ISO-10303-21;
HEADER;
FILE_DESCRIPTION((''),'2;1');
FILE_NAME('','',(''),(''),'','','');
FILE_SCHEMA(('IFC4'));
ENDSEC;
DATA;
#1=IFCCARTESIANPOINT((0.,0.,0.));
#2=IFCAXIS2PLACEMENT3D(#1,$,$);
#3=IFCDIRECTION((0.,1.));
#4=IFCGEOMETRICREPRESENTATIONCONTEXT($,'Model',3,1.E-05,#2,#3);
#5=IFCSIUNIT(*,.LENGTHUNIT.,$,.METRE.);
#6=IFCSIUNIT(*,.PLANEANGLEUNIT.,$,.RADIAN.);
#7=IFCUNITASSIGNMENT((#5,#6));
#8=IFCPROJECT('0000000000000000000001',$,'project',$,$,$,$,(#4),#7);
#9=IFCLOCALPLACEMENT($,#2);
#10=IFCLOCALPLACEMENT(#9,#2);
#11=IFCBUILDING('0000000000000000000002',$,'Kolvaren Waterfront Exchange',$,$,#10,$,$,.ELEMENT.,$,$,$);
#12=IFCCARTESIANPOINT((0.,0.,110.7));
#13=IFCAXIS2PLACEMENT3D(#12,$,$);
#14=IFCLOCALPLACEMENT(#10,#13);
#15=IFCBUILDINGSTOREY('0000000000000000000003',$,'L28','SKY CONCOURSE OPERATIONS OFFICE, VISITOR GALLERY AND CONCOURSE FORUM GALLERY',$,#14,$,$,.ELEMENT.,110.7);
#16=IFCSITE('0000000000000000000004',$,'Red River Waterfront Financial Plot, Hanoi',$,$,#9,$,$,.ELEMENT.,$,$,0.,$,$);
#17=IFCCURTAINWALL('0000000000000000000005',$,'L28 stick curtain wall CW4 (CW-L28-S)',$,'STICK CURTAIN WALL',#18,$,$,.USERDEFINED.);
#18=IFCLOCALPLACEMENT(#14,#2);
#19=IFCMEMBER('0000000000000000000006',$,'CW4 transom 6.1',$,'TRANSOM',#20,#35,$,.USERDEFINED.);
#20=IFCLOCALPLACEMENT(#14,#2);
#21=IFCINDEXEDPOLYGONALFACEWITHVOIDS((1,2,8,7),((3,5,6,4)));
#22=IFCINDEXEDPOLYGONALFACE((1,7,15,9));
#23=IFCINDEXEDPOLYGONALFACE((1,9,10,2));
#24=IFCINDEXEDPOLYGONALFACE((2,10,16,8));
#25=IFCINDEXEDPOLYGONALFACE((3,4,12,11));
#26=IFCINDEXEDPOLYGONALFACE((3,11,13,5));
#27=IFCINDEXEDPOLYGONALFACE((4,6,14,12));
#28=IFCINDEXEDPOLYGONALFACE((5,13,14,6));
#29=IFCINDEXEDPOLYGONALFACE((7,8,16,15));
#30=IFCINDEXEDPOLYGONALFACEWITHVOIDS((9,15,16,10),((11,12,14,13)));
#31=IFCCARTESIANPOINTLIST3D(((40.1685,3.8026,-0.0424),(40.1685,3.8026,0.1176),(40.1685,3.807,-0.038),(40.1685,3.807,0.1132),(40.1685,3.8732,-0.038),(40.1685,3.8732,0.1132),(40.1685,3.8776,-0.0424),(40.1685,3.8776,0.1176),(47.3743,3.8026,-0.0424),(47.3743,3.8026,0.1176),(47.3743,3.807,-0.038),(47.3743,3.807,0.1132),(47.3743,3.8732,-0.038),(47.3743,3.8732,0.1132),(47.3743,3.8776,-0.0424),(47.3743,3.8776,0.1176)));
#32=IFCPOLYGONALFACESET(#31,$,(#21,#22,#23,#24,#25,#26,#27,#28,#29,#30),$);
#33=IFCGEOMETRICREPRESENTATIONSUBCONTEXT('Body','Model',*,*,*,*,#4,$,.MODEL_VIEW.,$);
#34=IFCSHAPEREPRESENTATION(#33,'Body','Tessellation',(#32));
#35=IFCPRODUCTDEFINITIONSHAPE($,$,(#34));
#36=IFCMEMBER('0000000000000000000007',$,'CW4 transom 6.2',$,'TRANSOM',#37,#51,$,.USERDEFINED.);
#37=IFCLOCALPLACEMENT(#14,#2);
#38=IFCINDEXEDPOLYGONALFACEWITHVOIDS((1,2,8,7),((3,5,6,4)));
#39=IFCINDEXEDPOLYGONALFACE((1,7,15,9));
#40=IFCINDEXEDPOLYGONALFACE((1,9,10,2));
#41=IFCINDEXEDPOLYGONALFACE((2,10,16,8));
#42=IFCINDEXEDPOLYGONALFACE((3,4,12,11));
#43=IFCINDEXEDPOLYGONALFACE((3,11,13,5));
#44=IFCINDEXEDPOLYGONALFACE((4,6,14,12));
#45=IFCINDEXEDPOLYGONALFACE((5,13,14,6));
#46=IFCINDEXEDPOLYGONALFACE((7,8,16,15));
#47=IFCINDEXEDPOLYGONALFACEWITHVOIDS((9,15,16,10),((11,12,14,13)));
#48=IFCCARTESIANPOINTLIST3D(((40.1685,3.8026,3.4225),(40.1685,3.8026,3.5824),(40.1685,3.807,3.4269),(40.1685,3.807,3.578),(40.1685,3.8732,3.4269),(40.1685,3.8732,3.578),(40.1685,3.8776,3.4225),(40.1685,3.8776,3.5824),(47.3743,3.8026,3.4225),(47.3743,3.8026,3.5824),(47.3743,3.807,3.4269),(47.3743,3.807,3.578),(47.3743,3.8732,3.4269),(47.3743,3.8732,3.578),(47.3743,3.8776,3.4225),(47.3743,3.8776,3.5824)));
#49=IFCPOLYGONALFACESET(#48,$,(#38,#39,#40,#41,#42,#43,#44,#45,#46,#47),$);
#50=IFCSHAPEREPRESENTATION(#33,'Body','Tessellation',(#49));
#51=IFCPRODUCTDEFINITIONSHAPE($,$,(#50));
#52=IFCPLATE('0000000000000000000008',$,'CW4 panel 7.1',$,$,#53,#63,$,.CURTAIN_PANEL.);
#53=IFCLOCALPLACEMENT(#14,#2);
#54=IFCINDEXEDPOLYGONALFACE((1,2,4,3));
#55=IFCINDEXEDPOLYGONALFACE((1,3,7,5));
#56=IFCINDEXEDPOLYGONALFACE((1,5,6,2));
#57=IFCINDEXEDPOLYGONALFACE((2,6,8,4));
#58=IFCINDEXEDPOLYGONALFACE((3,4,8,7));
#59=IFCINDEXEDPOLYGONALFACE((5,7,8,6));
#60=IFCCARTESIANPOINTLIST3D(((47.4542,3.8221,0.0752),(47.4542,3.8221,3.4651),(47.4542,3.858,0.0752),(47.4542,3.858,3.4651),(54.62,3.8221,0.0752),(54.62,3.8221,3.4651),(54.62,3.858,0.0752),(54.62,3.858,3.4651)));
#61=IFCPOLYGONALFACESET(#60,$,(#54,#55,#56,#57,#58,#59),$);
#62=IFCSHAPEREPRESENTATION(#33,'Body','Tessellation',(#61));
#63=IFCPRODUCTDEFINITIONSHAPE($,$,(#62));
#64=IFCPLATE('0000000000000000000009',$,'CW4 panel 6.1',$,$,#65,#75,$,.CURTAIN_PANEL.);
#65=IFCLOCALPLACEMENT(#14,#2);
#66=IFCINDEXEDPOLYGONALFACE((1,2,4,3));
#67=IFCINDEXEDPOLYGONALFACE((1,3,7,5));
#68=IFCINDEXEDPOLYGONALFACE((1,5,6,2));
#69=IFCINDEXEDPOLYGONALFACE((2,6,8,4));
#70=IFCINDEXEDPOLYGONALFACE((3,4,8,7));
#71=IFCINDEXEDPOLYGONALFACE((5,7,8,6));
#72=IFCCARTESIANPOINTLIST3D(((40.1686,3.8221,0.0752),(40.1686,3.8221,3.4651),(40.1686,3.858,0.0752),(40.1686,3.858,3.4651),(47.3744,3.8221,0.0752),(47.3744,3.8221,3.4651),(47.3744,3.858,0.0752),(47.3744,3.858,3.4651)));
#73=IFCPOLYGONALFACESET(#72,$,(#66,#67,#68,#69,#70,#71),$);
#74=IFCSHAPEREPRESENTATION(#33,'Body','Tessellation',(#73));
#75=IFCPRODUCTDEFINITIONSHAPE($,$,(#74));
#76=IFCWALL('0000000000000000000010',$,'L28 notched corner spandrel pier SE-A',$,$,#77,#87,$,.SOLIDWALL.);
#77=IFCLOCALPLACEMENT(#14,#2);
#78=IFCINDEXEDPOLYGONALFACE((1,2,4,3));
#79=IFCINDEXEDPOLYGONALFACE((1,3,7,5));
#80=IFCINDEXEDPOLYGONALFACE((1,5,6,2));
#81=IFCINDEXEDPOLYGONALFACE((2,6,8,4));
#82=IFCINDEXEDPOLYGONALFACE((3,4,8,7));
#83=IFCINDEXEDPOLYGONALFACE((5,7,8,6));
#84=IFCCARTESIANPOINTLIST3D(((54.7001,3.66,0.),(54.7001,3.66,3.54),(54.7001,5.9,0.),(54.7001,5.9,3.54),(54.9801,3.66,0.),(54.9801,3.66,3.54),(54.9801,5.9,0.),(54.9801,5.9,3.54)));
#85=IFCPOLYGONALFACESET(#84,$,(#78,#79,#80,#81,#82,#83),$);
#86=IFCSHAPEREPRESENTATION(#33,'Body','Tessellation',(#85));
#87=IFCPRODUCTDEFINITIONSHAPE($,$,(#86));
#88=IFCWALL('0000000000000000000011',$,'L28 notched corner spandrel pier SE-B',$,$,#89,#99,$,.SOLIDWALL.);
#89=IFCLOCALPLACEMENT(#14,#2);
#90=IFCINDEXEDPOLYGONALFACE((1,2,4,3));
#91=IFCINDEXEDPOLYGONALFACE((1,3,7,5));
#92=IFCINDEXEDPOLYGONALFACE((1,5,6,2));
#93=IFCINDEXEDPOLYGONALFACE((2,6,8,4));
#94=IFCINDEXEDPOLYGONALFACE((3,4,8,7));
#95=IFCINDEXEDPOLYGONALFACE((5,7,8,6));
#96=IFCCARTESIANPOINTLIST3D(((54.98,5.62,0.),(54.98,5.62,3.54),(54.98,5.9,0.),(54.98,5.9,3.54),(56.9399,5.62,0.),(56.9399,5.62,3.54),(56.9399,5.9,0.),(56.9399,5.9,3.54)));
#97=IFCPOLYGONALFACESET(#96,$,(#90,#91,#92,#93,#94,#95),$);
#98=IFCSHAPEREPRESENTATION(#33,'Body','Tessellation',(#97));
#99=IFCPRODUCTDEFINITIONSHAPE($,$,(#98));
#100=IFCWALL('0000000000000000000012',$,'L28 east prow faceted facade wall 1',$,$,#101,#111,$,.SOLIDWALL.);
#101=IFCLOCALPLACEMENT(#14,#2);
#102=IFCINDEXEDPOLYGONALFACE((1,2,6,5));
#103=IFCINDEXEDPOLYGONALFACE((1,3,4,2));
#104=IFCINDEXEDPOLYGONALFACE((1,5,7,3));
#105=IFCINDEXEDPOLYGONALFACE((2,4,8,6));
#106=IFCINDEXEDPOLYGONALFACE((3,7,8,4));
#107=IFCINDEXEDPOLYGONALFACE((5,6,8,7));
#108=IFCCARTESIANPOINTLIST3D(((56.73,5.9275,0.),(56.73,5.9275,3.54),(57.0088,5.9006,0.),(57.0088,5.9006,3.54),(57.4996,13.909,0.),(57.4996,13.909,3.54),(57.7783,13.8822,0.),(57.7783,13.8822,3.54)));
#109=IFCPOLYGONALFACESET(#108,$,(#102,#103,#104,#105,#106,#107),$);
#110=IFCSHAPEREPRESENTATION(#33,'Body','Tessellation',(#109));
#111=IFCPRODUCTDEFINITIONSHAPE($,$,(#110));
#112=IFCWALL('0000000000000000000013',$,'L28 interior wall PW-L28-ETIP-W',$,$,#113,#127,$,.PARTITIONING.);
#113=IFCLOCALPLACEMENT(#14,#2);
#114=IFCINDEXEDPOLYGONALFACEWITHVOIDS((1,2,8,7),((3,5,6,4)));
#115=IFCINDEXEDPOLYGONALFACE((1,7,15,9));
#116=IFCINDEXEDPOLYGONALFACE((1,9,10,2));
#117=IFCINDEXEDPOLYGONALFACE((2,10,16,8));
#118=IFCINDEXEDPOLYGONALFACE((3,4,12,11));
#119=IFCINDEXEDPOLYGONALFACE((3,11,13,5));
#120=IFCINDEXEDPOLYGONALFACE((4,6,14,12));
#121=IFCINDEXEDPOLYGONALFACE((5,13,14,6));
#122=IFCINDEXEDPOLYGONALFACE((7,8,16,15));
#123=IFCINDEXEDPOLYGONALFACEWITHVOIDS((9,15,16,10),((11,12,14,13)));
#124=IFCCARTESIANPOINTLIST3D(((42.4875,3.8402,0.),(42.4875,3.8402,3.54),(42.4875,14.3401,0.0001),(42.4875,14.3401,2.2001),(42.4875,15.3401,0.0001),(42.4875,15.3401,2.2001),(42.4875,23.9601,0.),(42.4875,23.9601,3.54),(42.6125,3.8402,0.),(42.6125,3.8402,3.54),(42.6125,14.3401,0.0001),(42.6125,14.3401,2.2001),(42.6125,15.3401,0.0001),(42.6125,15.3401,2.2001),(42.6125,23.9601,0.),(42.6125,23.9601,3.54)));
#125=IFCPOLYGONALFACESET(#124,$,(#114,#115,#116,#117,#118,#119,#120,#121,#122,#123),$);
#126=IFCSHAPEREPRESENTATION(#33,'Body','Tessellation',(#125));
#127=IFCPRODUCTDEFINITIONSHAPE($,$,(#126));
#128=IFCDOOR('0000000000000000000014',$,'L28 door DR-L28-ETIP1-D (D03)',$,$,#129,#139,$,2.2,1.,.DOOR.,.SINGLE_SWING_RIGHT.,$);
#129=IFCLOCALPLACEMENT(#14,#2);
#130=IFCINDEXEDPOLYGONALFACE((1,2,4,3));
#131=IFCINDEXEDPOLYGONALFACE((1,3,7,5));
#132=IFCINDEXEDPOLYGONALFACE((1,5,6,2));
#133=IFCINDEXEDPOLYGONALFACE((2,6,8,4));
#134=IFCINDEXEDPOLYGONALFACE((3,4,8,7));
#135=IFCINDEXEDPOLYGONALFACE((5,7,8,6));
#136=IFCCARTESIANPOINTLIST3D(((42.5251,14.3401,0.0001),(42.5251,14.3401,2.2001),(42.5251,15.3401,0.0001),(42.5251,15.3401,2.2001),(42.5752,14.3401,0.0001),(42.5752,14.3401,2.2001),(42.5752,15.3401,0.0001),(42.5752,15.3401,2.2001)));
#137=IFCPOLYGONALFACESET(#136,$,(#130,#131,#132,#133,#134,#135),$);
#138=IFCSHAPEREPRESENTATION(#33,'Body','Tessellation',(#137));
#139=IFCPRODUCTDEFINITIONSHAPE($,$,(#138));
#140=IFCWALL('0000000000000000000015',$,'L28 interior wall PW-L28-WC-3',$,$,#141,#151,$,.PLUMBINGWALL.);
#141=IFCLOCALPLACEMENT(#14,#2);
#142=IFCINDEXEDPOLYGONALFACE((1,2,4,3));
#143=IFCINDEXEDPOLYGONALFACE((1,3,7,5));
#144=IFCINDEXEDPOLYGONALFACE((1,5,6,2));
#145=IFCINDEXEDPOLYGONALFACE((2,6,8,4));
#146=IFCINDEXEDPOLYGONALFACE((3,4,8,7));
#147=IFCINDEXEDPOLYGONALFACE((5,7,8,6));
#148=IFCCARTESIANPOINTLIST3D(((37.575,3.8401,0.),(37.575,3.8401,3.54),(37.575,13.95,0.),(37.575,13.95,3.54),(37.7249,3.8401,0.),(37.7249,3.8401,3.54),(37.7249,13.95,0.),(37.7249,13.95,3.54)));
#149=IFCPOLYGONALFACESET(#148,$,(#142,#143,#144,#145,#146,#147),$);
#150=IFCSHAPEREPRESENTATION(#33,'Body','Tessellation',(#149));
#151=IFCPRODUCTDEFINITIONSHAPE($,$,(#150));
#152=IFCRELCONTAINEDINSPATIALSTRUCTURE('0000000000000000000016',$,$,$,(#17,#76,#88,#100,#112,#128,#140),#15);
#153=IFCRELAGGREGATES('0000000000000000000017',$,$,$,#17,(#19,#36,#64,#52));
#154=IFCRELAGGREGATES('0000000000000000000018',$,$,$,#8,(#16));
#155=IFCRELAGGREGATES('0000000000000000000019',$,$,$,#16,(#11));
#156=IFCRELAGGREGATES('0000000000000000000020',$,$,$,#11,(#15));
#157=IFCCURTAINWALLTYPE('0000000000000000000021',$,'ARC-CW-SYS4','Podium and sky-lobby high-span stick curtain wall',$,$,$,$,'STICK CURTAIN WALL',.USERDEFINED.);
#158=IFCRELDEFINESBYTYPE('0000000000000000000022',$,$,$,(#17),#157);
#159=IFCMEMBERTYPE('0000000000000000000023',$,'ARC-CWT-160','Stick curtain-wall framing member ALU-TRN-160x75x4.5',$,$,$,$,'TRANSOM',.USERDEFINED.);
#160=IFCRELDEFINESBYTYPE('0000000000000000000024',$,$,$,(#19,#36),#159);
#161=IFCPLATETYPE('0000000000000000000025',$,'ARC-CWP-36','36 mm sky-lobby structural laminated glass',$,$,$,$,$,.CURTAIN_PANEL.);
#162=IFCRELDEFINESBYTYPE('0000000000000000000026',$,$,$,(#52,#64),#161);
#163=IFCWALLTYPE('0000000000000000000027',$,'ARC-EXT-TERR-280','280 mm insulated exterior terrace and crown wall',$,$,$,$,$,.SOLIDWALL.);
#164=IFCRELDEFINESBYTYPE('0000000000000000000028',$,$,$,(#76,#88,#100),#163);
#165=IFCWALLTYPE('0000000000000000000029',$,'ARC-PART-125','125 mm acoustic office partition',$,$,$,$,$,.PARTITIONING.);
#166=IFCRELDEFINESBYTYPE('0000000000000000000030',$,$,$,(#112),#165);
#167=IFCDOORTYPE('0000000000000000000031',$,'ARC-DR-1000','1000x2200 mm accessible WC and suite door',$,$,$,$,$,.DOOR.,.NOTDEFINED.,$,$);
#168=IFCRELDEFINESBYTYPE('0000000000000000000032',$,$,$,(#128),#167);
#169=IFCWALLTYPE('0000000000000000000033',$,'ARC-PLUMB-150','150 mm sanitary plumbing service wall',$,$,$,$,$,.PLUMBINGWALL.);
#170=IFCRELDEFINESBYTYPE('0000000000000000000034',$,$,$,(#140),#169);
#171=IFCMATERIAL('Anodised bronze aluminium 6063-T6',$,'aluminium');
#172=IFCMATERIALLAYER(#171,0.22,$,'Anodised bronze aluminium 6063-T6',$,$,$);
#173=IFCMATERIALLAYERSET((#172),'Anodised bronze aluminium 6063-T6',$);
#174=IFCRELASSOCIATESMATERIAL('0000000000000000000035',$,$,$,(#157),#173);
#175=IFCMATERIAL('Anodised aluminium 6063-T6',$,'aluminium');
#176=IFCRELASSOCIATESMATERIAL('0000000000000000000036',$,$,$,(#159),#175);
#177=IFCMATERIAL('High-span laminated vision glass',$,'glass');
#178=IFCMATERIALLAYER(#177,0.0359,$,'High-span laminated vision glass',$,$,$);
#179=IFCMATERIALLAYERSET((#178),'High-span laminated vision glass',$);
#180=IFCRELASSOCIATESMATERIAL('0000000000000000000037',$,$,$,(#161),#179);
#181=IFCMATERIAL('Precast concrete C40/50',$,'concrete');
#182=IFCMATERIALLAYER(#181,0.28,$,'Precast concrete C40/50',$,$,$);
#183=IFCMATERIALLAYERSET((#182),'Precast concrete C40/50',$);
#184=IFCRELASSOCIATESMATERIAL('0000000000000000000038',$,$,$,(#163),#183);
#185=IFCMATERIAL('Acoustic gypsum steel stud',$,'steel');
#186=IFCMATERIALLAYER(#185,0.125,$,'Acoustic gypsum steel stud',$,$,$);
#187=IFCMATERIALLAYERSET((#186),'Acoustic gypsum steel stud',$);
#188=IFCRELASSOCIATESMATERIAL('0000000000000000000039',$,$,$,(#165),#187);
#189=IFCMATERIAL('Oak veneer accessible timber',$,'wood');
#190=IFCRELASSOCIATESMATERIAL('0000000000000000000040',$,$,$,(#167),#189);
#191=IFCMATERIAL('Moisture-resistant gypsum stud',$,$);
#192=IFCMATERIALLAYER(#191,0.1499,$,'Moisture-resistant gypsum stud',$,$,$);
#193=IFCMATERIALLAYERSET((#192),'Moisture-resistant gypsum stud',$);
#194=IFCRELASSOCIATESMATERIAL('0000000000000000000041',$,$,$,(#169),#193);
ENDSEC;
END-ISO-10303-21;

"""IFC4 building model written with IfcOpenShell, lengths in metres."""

from ifc_helpers import new_model, si_unit, direction, frame, frame_2d, origin, origin_with_axes, origin_2d, place, context, subcontext, project, spatial, rectangle, hollow_rectangle, extrude, source, transform, mapped, material, layer, layer_set, material_profile, profile_set, type_object, element, fill, aggregate, save


model = new_model("IFC4")

# Units and contexts
model_context = context("Model", 3, precision=1e-05, world=origin(), true_north=direction((0.0, 1.0)))
body_context = subcontext(model_context, "Body", "Model", "MODEL_VIEW")
ifc_project = project(units=[si_unit("LENGTHUNIT", "METRE"), si_unit("PLANEANGLEUNIT", "RADIAN")], contexts=[model_context])

# Site, building, storey
site_placement = place(None, origin())
site = spatial("IfcSite", under=ifc_project, at=site_placement, Name="Red River Waterfront Financial Plot, Hanoi", CompositionType="ELEMENT", RefElevation=0.0)
building_placement = place(site_placement, origin())
building = spatial("IfcBuilding", under=site, at=building_placement, Name="Kolvaren Waterfront Exchange", CompositionType="ELEMENT")
storey_placement = place(building_placement, frame((0.0, 0.0, 110.7)))
storey = spatial("IfcBuildingStorey", under=building, at=storey_placement, Name="L28", Description="SKY CONCOURSE OPERATIONS OFFICE, VISITOR GALLERY AND CONCOURSE FORUM GALLERY", CompositionType="ELEMENT", Elevation=110.7)

# Curtain wall, members, plates
ifc_material_1 = material(Name="Anodised bronze aluminium 6063-T6", Category="aluminium")
ifc_layer_1 = layer(ifc_material_1, 0.22, Name="Anodised bronze aluminium 6063-T6")
ifc_layer_set_1 = layer_set([ifc_layer_1], Name="Anodised bronze aluminium 6063-T6")
curtain_wall_type = type_object("IfcCurtainWallType", Name="ARC-CW-SYS4", Description="Podium and sky-lobby high-span stick curtain wall", ElementType="STICK CURTAIN WALL", PredefinedType="USERDEFINED", material=ifc_layer_set_1)
curtain_wall_placement = place(storey_placement, origin())
curtain_wall = element("IfcCurtainWall", 1, at=curtain_wall_placement, inside=storey, type_object=curtain_wall_type, Name="L28 stick curtain wall CW4 (CW-L28-S)", ObjectType="STICK CURTAIN WALL", PredefinedType="USERDEFINED")
ifc_material_2 = material(Name="Anodised aluminium 6063-T6", Category="aluminium")
ifc_material_profile_1 = material_profile(ifc_material_2, hollow_rectangle(XDim=0.075, YDim=0.1599, WallThickness=0.0044, at=origin_2d()), Name="ALU-TRN-160x75x4.5")
ifc_profile_set_1 = profile_set([ifc_material_profile_1], Name="Anodised aluminium 6063-T6")
member_type_1 = type_object("IfcMemberType", Name="ARC-CWT-160", Description="Stick curtain-wall framing member ALU-TRN-160x75x4.5", ElementType="TRANSOM", PredefinedType="USERDEFINED", material=ifc_profile_set_1)
shared_shape_1 = source(origin_with_axes(), body_context, "Body", "SweptSolid", [
    extrude(hollow_rectangle(XDim=0.075, YDim=0.1599, WallThickness=0.0044, at=origin_2d()), origin(), (0.0, 0.0, 1.0), 7.2058),
])
member_1_placement = place(storey_placement, frame((40.1685, 3.8401, 0.0376), z_axis=(1.0, 0.0, 0.0), x_axis=(0.0, 1.0, 0.0)))
member_1 = element("IfcMember", 2, at=member_1_placement, type_object=member_type_1, Name="CW4 transom 6.1", ObjectType="TRANSOM", PredefinedType="USERDEFINED", context=body_context, shape_type="MappedRepresentation", body=[
    mapped(shared_shape_1, transform((0.0, 0.0, 0.0), x_axis=(1.0, 0.0, 0.0), y_axis=(0.0, 1.0, 0.0), z_axis=(0.0, 0.0, 1.0), scale=1.0)),
])
member_2_placement = place(storey_placement, frame((40.1685, 3.8401, 3.5024), z_axis=(1.0, 0.0, 0.0), x_axis=(0.0, 1.0, 0.0)))
member_2 = element("IfcMember", 3, at=member_2_placement, type_object=member_type_1, Name="CW4 transom 6.2", ObjectType="TRANSOM", PredefinedType="USERDEFINED", context=body_context, shape_type="MappedRepresentation", body=[
    mapped(shared_shape_1, transform((0.0, 0.0, 0.0), x_axis=(1.0, 0.0, 0.0), y_axis=(0.0, 1.0, 0.0), z_axis=(0.0, 0.0, 1.0), scale=1.0)),
])
ifc_material_3 = material(Name="High-span laminated vision glass", Category="glass")
ifc_layer_2 = layer(ifc_material_3, 0.0359, Name="High-span laminated vision glass")
ifc_layer_set_2 = layer_set([ifc_layer_2], Name="High-span laminated vision glass")
plate_type = type_object("IfcPlateType", Name="ARC-CWP-36", Description="36 mm sky-lobby structural laminated glass", PredefinedType="CURTAIN_PANEL", material=ifc_layer_set_2)
shared_shape_2 = source(origin_with_axes(), body_context, "Body", "SweptSolid", [
    extrude(rectangle(XDim=7.1658, YDim=0.0359, at=origin_2d()), origin(), (0.0, 0.0, 1.0), 3.3899),
])
plate_1_placement = place(storey_placement, frame((51.0371, 3.8401, 0.0752), z_axis=(0.0, 0.0, 1.0), x_axis=(1.0, 0.0, 0.0)))
plate_1 = element("IfcPlate", 4, at=plate_1_placement, type_object=plate_type, Name="CW4 panel 7.1", PredefinedType="CURTAIN_PANEL", context=body_context, shape_type="MappedRepresentation", body=[
    mapped(shared_shape_2, transform((0.0, 0.0, 0.0), x_axis=(1.0, 0.0, 0.0), y_axis=(0.0, 1.0, 0.0), z_axis=(0.0, 0.0, 1.0), scale=1.0)),
])
shared_shape_3 = source(origin_with_axes(), body_context, "Body", "SweptSolid", [
    extrude(rectangle(XDim=7.2058, YDim=0.0359, at=origin_2d()), origin(), (0.0, 0.0, 1.0), 3.3899),
])
plate_2_placement = place(storey_placement, frame((43.7715, 3.8401, 0.0752), z_axis=(0.0, 0.0, 1.0), x_axis=(1.0, 0.0, 0.0)))
plate_2 = element("IfcPlate", 5, at=plate_2_placement, type_object=plate_type, Name="CW4 panel 6.1", PredefinedType="CURTAIN_PANEL", context=body_context, shape_type="MappedRepresentation", body=[
    mapped(shared_shape_3, transform((0.0, 0.0, 0.0), x_axis=(1.0, 0.0, 0.0), y_axis=(0.0, 1.0, 0.0), z_axis=(0.0, 0.0, 1.0), scale=1.0)),
])
aggregate(curtain_wall, [member_1, member_2, plate_2, plate_1])

# Walls
ifc_material_4 = material(Name="Precast concrete C40/50", Category="concrete")
ifc_layer_3 = layer(ifc_material_4, 0.28, Name="Precast concrete C40/50")
ifc_layer_set_3 = layer_set([ifc_layer_3], Name="Precast concrete C40/50")
wall_type_1 = type_object("IfcWallType", Name="ARC-EXT-TERR-280", Description="280 mm insulated exterior terrace and crown wall", PredefinedType="SOLIDWALL", material=ifc_layer_set_3)
wall_1_placement = place(storey_placement, frame((54.8401, 3.6599, 0.0), z_axis=(0.0, 0.0, 1.0), x_axis=(0.0, 1.0, 0.0)))
element("IfcWall", 6, at=wall_1_placement, inside=storey, type_object=wall_type_1, Name="L28 notched corner spandrel pier SE-A", PredefinedType="SOLIDWALL", context=body_context, shape_type="SweptSolid", body=[
    extrude(rectangle(XDim=2.24, YDim=0.28, at=frame_2d((1.1201, 0.0))), origin(), (0.0, 0.0, 1.0), 3.54),
])
wall_2_placement = place(storey_placement, frame((54.98, 5.76, 0.0), z_axis=(0.0, 0.0, 1.0), x_axis=(1.0, 0.0, 0.0)))
element("IfcWall", 7, at=wall_2_placement, inside=storey, type_object=wall_type_1, Name="L28 notched corner spandrel pier SE-B", PredefinedType="SOLIDWALL", context=body_context, shape_type="SweptSolid", body=[
    extrude(rectangle(XDim=1.96, YDim=0.28, at=frame_2d((0.98, 0.0))), origin(), (0.0, 0.0, 1.0), 3.54),
])
wall_3_placement = place(storey_placement, frame((56.8694, 5.9141, 0.0), z_axis=(0.0, 0.0, 1.0), x_axis=(0.09597, 0.995384, 0.0)))
element("IfcWall", 8, at=wall_3_placement, inside=storey, type_object=wall_type_1, Name="L28 east prow faceted facade wall 1", PredefinedType="SOLIDWALL", context=body_context, shape_type="SweptSolid", body=[
    extrude(rectangle(XDim=8.0186, YDim=0.28, at=frame_2d((4.0093, 0.0))), origin(), (0.0, 0.0, 1.0), 3.54),
])

# Wall, opening, door
ifc_material_5 = material(Name="Acoustic gypsum steel stud", Category="steel")
ifc_layer_4 = layer(ifc_material_5, 0.125, Name="Acoustic gypsum steel stud")
ifc_layer_set_4 = layer_set([ifc_layer_4], Name="Acoustic gypsum steel stud")
wall_type_2 = type_object("IfcWallType", Name="ARC-PART-125", Description="125 mm acoustic office partition", PredefinedType="PARTITIONING", material=ifc_layer_set_4)
wall_4_placement = place(storey_placement, frame((42.55, 3.8401, 0.0), z_axis=(0.0, 0.0, 1.0), x_axis=(0.0, 1.0, 0.0)))
wall_4 = element("IfcWall", 9, at=wall_4_placement, inside=storey, type_object=wall_type_2, Name="L28 interior wall PW-L28-ETIP-W", PredefinedType="PARTITIONING", context=body_context, shape_type="SweptSolid", body=[
    extrude(rectangle(XDim=20.1199, YDim=0.125, at=frame_2d((10.0601, 0.0))), origin(), (0.0, 0.0, 1.0), 3.54),
])
opening_placement = place(wall_4_placement, frame((10.5, 0.0, 0.0)))
opening = element("IfcOpeningElement", 10, at=opening_placement, cuts=wall_4, PredefinedType="OPENING", context=body_context, shape_type="SweptSolid", body=[
    extrude(rectangle(XDim=1.0, YDim=2.2, at=frame_2d((0.5, 1.1001))), frame((0.0, 0.0725, 0.0), z_axis=(0.0, -1.0, 0.0), x_axis=(1.0, 0.0, 0.0)), (0.0, 0.0, 1.0), 0.145),
])
ifc_material_6 = material(Name="Oak veneer accessible timber", Category="wood")
door_type = type_object("IfcDoorType", Name="ARC-DR-1000", Description="1000x2200 mm accessible WC and suite door", OperationType="NOTDEFINED", PredefinedType="DOOR", material=ifc_material_6)
door_placement = place(opening_placement, origin())
door = element("IfcDoor", 11, at=door_placement, inside=storey, type_object=door_type, Name="L28 door DR-L28-ETIP1-D (D03)", OperationType="SINGLE_SWING_RIGHT", OverallHeight=2.2, OverallWidth=1.0, PredefinedType="DOOR", context=body_context, shape_type="SweptSolid", body=[
    extrude(rectangle(XDim=1.0, YDim=2.2, at=frame_2d((0.5, 1.1001))), frame((0.0, 0.0249, 0.0), z_axis=(0.0, -1.0, 0.0), x_axis=(1.0, 0.0, 0.0)), (0.0, 0.0, 1.0), 0.05),
])
fill(opening, door)

# Wall
ifc_material_7 = material(Name="Moisture-resistant gypsum stud")
ifc_layer_5 = layer(ifc_material_7, 0.1499, Name="Moisture-resistant gypsum stud")
ifc_layer_set_5 = layer_set([ifc_layer_5], Name="Moisture-resistant gypsum stud")
wall_type_3 = type_object("IfcWallType", Name="ARC-PLUMB-150", Description="150 mm sanitary plumbing service wall", PredefinedType="PLUMBINGWALL", material=ifc_layer_set_5)
wall_5_placement = place(storey_placement, frame((37.6499, 3.8401, 0.0), z_axis=(0.0, 0.0, 1.0), x_axis=(0.0, 1.0, 0.0)))
element("IfcWall", 12, at=wall_5_placement, inside=storey, type_object=wall_type_3, Name="L28 interior wall PW-L28-WC-3", PredefinedType="PLUMBINGWALL", context=body_context, shape_type="SweptSolid", body=[
    extrude(rectangle(XDim=10.1099, YDim=0.1499, at=frame_2d((5.0549, 0.0))), origin(), (0.0, 0.0, 1.0), 3.54),
])

save(model, "model.ifc")
